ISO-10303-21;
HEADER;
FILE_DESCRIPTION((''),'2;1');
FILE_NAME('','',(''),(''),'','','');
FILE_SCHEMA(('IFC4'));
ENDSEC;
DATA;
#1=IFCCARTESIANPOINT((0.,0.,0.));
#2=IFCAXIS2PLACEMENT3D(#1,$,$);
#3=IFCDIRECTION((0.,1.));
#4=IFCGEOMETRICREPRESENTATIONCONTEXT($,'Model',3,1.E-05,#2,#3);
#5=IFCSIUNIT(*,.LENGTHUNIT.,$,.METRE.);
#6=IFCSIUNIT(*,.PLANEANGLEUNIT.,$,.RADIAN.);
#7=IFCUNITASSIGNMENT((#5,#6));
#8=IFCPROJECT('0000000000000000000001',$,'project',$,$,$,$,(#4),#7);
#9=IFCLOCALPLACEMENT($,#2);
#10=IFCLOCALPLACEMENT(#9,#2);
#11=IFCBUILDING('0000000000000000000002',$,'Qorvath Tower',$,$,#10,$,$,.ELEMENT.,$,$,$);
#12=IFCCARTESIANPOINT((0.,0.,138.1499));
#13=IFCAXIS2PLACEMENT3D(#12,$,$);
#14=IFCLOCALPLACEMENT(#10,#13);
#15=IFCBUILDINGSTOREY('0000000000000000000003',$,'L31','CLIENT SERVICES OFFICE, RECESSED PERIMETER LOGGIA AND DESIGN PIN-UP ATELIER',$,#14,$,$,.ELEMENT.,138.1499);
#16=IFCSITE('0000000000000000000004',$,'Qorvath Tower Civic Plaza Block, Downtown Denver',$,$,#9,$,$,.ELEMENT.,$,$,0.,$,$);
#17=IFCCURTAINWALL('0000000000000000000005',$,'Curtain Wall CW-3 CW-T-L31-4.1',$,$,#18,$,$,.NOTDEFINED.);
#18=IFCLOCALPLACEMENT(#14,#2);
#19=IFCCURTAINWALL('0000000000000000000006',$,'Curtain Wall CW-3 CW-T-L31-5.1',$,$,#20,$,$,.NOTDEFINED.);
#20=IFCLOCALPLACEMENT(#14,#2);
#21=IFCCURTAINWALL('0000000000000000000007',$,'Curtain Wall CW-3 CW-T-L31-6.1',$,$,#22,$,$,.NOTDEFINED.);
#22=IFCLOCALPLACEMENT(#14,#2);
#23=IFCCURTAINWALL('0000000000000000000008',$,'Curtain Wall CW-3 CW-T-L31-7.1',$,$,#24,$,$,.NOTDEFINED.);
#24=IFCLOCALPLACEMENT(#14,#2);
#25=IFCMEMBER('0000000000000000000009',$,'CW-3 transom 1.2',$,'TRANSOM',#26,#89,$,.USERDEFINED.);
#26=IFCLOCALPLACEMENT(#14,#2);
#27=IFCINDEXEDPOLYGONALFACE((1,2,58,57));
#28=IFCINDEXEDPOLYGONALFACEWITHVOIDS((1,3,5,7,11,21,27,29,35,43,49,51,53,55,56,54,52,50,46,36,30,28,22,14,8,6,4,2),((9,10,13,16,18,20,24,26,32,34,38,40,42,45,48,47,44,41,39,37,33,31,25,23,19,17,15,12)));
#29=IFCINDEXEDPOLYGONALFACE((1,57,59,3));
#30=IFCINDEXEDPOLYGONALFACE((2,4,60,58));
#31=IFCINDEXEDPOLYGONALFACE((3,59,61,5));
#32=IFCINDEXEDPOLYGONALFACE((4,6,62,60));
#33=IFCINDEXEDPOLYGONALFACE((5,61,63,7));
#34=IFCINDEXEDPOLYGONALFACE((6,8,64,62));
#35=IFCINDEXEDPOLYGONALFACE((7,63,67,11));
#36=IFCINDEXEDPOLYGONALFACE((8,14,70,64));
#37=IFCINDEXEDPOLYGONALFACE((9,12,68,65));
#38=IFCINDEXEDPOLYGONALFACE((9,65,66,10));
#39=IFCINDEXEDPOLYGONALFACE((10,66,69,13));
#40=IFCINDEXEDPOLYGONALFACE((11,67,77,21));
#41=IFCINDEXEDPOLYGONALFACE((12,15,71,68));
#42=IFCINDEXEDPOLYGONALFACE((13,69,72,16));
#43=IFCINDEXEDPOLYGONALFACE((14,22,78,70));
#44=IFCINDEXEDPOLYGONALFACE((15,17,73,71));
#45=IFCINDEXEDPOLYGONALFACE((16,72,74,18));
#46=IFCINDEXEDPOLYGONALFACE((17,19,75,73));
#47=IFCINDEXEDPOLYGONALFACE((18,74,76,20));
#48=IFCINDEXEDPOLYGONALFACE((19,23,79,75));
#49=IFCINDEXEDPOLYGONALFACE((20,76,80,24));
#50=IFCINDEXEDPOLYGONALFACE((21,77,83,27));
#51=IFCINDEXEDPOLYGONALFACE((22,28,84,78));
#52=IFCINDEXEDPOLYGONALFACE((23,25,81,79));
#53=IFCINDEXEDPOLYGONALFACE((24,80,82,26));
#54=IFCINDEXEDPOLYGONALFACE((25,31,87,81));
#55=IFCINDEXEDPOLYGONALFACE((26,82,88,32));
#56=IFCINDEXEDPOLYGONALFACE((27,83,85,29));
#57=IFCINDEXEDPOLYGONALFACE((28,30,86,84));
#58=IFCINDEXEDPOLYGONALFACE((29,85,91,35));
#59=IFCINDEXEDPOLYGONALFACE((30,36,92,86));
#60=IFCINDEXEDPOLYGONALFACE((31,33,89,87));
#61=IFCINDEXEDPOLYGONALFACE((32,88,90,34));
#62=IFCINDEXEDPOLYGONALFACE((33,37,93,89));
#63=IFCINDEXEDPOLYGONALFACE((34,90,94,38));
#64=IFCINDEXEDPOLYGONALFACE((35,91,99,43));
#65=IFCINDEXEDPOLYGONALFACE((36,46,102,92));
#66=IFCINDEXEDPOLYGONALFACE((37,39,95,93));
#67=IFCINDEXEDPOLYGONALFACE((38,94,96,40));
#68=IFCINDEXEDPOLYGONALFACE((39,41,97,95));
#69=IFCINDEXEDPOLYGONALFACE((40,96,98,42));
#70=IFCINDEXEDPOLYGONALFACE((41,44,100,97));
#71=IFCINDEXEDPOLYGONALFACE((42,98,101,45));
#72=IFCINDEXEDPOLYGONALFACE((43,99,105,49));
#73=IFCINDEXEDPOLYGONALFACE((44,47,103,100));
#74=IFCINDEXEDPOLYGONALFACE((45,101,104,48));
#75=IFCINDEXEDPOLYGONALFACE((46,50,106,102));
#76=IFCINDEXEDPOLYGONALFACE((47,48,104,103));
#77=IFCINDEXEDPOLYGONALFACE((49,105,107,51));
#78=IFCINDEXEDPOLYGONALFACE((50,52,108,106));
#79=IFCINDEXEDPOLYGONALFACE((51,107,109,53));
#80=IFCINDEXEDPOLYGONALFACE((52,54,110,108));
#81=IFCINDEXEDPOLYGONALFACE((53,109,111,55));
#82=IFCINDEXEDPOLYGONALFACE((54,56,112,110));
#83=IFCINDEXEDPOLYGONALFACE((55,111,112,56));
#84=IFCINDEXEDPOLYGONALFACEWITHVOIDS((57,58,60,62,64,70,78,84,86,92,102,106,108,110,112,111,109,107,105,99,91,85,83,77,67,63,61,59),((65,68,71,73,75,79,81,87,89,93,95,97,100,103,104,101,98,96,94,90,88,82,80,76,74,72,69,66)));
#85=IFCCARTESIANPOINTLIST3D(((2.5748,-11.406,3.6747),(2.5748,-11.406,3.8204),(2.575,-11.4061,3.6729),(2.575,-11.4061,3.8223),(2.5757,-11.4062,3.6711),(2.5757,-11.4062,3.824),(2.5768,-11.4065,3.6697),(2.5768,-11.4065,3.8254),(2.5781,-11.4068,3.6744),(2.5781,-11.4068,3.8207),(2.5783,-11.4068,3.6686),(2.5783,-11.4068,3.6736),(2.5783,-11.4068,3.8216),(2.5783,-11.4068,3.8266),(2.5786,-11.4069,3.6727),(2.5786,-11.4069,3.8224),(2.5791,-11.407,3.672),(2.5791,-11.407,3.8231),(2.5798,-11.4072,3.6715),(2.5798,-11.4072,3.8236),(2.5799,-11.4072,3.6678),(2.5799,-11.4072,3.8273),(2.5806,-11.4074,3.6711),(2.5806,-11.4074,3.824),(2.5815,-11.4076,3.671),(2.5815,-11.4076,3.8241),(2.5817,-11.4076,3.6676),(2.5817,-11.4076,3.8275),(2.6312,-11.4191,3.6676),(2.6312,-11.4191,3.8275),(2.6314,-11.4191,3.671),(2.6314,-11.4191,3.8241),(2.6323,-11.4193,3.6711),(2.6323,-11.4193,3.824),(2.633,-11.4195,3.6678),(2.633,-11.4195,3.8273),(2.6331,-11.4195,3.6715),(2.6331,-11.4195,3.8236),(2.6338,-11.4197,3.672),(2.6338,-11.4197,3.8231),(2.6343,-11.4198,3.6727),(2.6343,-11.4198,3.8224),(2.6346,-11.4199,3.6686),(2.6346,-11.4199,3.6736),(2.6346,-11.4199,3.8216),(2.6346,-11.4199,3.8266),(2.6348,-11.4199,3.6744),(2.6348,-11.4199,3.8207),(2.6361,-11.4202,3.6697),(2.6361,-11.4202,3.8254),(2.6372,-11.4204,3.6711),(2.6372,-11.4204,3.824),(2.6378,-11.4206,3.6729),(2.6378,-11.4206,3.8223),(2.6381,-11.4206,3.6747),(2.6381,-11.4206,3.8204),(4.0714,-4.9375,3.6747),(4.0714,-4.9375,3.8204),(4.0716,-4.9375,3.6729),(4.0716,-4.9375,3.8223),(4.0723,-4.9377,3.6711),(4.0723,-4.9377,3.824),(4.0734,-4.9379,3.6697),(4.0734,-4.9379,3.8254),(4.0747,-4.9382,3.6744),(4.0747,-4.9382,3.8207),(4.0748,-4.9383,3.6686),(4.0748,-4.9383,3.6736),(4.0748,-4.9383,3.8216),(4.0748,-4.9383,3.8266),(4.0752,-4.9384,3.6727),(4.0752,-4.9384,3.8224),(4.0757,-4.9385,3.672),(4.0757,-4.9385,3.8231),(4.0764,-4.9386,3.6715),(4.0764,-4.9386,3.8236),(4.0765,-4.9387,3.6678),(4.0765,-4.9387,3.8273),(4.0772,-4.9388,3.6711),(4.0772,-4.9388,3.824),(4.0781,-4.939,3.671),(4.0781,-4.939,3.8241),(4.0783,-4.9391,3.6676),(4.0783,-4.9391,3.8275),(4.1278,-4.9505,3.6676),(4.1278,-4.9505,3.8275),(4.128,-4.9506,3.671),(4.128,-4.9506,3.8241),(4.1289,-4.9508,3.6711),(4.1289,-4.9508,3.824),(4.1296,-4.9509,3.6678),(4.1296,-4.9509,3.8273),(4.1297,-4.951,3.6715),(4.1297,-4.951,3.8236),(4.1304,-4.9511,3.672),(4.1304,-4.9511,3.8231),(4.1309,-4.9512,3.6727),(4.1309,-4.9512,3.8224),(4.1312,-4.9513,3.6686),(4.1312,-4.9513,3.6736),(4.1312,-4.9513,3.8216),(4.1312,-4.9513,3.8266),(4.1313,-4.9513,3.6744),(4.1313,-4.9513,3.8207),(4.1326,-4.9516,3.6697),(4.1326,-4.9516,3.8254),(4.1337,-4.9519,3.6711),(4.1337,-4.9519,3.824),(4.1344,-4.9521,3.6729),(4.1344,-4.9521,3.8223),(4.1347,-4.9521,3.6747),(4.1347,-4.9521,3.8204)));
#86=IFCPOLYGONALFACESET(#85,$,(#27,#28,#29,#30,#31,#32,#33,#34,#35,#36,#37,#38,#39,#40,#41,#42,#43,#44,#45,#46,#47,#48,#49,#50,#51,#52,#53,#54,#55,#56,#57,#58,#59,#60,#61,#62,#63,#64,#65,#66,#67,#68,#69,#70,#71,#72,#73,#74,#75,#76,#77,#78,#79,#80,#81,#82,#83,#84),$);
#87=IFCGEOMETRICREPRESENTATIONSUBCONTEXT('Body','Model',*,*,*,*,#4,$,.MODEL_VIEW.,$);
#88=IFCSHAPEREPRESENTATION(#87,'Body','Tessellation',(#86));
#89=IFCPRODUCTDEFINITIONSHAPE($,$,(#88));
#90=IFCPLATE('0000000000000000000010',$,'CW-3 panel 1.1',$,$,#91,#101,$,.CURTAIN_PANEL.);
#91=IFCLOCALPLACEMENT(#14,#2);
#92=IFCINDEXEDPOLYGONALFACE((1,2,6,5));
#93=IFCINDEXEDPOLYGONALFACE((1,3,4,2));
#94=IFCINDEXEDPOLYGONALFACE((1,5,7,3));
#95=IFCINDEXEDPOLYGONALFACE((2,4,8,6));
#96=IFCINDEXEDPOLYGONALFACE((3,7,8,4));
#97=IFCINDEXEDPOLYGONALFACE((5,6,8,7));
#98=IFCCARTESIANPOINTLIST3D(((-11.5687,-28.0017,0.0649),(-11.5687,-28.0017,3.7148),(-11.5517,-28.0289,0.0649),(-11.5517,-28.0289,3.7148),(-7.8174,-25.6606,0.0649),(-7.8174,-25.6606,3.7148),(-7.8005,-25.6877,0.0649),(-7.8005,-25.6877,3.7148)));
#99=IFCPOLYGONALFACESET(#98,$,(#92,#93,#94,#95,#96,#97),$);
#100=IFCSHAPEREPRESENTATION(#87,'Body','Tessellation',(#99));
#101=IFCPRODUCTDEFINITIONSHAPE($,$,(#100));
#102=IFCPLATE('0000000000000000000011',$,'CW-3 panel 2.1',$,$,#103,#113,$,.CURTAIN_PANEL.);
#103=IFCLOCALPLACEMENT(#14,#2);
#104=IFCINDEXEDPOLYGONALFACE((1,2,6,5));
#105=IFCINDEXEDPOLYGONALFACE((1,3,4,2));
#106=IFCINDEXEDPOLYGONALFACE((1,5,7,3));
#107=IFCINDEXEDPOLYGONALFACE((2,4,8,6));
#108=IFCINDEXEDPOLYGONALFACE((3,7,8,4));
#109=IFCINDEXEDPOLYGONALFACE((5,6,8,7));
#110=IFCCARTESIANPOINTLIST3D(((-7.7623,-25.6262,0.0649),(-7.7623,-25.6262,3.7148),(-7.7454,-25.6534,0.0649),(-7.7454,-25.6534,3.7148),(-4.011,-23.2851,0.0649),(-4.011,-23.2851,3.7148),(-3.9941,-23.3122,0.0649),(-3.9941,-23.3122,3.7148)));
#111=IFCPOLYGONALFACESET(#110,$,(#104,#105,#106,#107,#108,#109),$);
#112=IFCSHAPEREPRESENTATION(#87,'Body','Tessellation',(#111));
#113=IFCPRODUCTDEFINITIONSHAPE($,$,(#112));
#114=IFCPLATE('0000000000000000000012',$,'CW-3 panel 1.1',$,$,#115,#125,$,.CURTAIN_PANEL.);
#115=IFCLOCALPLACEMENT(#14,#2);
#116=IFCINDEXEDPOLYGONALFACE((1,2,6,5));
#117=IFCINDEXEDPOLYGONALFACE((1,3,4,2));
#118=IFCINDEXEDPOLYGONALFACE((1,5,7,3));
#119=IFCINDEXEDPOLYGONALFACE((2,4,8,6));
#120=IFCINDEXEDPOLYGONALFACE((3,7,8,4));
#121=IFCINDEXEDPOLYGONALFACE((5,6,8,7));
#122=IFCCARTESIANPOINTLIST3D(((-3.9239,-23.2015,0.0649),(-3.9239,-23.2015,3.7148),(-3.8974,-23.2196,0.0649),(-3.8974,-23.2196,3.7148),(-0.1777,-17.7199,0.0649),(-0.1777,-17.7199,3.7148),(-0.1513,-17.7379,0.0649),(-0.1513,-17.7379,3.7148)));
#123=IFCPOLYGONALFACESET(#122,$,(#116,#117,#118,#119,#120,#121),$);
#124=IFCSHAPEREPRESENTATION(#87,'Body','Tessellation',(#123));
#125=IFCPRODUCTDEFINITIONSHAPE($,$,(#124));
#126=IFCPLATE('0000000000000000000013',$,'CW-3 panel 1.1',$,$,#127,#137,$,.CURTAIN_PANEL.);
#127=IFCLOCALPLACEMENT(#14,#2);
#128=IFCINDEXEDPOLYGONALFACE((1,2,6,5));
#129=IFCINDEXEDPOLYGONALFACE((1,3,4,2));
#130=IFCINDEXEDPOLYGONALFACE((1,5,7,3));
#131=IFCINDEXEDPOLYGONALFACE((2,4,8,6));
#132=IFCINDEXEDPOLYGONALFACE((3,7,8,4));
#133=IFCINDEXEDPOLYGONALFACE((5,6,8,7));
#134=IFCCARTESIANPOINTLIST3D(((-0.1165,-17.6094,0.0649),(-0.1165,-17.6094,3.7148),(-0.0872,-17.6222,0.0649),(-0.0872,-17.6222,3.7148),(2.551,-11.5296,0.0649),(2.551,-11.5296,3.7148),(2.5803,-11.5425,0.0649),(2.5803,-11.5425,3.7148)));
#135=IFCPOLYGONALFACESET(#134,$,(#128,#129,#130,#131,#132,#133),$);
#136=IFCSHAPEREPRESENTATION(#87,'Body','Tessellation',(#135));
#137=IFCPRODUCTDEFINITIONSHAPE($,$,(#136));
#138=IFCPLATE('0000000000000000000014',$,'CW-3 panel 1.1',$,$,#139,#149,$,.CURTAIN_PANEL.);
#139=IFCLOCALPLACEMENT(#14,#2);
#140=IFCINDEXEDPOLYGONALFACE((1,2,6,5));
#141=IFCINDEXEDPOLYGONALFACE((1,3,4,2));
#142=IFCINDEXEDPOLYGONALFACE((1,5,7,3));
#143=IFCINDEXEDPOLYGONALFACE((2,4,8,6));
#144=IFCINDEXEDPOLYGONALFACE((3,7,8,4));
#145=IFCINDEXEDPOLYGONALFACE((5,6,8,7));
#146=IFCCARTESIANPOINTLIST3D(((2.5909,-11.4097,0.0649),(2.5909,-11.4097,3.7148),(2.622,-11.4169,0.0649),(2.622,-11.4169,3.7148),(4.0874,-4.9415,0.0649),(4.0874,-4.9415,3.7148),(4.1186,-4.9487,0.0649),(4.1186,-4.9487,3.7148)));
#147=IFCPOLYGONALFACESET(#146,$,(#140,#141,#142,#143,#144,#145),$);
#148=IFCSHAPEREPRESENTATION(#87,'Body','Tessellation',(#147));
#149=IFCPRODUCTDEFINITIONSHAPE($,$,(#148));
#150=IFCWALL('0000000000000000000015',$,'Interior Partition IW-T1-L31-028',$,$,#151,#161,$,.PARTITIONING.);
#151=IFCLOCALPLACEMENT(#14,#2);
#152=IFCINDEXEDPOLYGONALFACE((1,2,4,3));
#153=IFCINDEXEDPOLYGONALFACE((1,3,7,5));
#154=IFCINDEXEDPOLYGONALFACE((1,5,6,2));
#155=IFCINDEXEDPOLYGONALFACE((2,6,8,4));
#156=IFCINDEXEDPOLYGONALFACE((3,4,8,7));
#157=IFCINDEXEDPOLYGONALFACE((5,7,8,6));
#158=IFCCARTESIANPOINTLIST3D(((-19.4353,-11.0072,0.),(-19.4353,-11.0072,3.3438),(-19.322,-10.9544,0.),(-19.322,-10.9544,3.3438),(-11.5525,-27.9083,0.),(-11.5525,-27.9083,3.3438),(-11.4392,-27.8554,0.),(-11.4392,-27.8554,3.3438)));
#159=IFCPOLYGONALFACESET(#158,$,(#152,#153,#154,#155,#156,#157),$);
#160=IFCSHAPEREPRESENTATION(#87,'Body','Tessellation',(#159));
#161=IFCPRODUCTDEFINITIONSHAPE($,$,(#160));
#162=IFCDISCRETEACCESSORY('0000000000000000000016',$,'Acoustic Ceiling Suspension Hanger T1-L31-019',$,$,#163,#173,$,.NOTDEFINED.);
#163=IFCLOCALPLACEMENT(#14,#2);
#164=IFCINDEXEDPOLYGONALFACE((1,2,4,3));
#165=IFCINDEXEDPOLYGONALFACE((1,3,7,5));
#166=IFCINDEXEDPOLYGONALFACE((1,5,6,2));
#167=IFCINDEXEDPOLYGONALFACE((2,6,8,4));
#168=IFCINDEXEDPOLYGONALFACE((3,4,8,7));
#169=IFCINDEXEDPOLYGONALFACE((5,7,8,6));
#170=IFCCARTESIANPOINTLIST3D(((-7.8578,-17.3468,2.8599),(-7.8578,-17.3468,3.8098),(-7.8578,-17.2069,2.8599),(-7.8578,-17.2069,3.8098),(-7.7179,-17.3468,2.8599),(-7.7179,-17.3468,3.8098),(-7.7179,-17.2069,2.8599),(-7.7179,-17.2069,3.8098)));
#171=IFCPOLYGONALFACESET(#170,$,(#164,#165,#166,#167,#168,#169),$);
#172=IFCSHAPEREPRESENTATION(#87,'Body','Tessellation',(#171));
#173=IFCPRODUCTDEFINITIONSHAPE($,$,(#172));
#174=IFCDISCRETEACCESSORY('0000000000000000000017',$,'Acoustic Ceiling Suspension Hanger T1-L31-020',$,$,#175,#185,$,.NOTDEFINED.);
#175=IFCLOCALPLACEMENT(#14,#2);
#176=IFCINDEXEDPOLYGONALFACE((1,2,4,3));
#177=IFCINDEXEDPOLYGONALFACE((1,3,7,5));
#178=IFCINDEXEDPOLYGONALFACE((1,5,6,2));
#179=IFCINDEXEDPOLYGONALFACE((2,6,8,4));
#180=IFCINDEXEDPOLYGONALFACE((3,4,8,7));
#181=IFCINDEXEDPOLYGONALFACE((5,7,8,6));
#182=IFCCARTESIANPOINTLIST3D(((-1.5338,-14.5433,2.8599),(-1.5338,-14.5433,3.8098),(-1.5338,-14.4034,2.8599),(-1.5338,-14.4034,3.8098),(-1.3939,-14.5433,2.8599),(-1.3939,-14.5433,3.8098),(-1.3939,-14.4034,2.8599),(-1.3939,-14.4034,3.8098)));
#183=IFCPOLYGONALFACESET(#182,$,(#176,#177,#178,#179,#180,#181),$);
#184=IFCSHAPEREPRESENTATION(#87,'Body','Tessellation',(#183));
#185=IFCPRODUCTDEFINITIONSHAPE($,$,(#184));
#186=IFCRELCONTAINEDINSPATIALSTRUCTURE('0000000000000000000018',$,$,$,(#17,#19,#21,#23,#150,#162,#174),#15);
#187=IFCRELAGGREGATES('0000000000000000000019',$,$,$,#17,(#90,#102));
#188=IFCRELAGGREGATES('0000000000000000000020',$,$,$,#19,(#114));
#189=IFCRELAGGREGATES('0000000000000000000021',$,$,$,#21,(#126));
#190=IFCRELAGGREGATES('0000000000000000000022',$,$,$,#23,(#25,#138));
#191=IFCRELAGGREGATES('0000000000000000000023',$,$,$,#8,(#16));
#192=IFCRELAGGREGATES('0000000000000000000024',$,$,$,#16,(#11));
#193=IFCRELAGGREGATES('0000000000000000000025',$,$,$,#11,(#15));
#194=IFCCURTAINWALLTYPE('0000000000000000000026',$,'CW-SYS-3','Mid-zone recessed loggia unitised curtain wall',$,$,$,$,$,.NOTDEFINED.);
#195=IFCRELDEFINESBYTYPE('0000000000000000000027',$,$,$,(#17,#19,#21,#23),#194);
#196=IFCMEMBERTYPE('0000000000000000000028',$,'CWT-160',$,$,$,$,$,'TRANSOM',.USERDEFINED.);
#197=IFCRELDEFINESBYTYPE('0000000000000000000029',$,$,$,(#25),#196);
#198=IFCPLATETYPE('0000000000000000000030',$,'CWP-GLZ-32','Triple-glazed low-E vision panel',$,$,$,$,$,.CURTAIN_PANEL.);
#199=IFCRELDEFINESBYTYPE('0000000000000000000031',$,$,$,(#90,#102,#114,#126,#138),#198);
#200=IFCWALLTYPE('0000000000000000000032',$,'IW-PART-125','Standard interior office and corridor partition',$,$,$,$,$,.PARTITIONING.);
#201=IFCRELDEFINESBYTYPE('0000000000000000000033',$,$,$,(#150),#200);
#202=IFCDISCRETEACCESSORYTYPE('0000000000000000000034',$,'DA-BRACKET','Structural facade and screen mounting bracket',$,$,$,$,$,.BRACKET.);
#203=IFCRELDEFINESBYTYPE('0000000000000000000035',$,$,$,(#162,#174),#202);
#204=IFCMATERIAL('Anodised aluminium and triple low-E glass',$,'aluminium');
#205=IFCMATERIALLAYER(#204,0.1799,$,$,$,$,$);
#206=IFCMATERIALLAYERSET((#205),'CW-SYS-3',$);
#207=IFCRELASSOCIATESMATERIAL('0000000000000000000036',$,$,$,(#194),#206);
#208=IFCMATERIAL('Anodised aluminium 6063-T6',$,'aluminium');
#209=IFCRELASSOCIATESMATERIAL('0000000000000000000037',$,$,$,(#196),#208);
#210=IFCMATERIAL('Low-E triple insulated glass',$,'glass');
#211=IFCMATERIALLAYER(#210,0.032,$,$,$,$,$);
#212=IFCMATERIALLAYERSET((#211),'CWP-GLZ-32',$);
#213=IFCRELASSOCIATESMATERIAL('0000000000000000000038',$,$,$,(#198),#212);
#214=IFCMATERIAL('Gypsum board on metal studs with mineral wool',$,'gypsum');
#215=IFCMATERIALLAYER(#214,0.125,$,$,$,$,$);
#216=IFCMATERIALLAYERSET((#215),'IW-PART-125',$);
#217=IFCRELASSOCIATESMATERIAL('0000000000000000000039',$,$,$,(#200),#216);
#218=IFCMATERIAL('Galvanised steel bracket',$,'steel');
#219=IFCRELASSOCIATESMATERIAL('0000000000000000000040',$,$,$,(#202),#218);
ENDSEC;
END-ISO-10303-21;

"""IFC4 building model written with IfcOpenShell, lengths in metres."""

from ifc_helpers import new_model, si_unit, direction, frame, frame_2d, origin, origin_2d, place, context, subcontext, project, spatial, rectangle, hollow_rectangle, extrude, material, layer, layer_set, material_profile, profile_set, type_object, element, aggregate, save


model = new_model("IFC4")

# Units and contexts
model_context = context("Model", 3, precision=1e-05, world=origin(), true_north=direction((0.0, 1.0)))
body_context = subcontext(model_context, "Body", "Model", "MODEL_VIEW")
ifc_project = project(units=[si_unit("LENGTHUNIT", "METRE"), si_unit("PLANEANGLEUNIT", "RADIAN")], contexts=[model_context])

# Site, building, storey
site_placement = place(None, origin())
site = spatial("IfcSite", under=ifc_project, at=site_placement, Name="Qorvath Tower Civic Plaza Block, Downtown Denver", CompositionType="ELEMENT", RefElevation=0.0)
building_placement = place(site_placement, origin())
building = spatial("IfcBuilding", under=site, at=building_placement, Name="Qorvath Tower", CompositionType="ELEMENT")
storey_placement = place(building_placement, frame((0.0, 0.0, 138.1499)))
storey = spatial("IfcBuildingStorey", under=building, at=storey_placement, Name="L31", Description="CLIENT SERVICES OFFICE, RECESSED PERIMETER LOGGIA AND DESIGN PIN-UP ATELIER", CompositionType="ELEMENT", Elevation=138.1499)

# Shared definitions
ifc_material_1 = material(Name="Anodised aluminium and triple low-E glass", Category="aluminium")
ifc_layer_1 = layer(ifc_material_1, 0.1799)
ifc_layer_set_1 = layer_set([ifc_layer_1], Name="CW-SYS-3")
curtain_wall_type = type_object("IfcCurtainWallType", Name="CW-SYS-3", Description="Mid-zone recessed loggia unitised curtain wall", PredefinedType="NOTDEFINED", material=ifc_layer_set_1)

# Curtain walls
curtain_wall_1_placement = place(storey_placement, origin())
curtain_wall_1 = element("IfcCurtainWall", 1, at=curtain_wall_1_placement, inside=storey, type_object=curtain_wall_type, Name="Curtain Wall CW-3 CW-T-L31-4.1", PredefinedType="NOTDEFINED")
curtain_wall_2_placement = place(storey_placement, origin())
curtain_wall_2 = element("IfcCurtainWall", 2, at=curtain_wall_2_placement, inside=storey, type_object=curtain_wall_type, Name="Curtain Wall CW-3 CW-T-L31-5.1", PredefinedType="NOTDEFINED")
curtain_wall_3_placement = place(storey_placement, origin())
curtain_wall_3 = element("IfcCurtainWall", 3, at=curtain_wall_3_placement, inside=storey, type_object=curtain_wall_type, Name="Curtain Wall CW-3 CW-T-L31-6.1", PredefinedType="NOTDEFINED")

# Curtain wall
curtain_wall_4_placement = place(storey_placement, origin())
curtain_wall_4 = element("IfcCurtainWall", 4, at=curtain_wall_4_placement, inside=storey, type_object=curtain_wall_type, Name="Curtain Wall CW-3 CW-T-L31-7.1", PredefinedType="NOTDEFINED")

# Member
ifc_material_2 = material(Name="Anodised aluminium 6063-T6", Category="aluminium")
ifc_material_profile_1 = material_profile(ifc_material_2, hollow_rectangle(XDim=0.0649, YDim=0.1599, WallThickness=0.0034, InnerFilletRadius=0.0034, OuterFilletRadius=0.0071, at=origin_2d()), Name="CWT 160x65")
ifc_profile_set_1 = profile_set([ifc_material_profile_1], Name="Anodised aluminium 6063-T6")
member_type_1 = type_object("IfcMemberType", Name="CWT-160", ElementType="TRANSOM", PredefinedType="USERDEFINED", material=ifc_profile_set_1)
member_1_placement = place(storey_placement, frame((2.6064, -11.4133, 3.7476), z_axis=(0.22541, 0.974264, 0.0), x_axis=(-0.974264, 0.22541, 0.0)))
member_1 = element("IfcMember", 5, at=member_1_placement, type_object=member_type_1, Name="CW-3 transom 1.2", ObjectType="TRANSOM", PredefinedType="USERDEFINED", context=body_context, shape_type="SweptSolid", body=[
    extrude(hollow_rectangle(XDim=0.0649, YDim=0.1599, WallThickness=0.0034, InnerFilletRadius=0.0034, OuterFilletRadius=0.0071, at=origin_2d()), origin(), (0.0, 0.0, 1.0), 6.6394),
])

# Plates
ifc_material_3 = material(Name="Low-E triple insulated glass", Category="glass")
ifc_layer_2 = layer(ifc_material_3, 0.032)
ifc_layer_set_2 = layer_set([ifc_layer_2], Name="CWP-GLZ-32")
plate_type = type_object("IfcPlateType", Name="CWP-GLZ-32", Description="Triple-glazed low-E vision panel", PredefinedType="CURTAIN_PANEL", material=ifc_layer_set_2)
plate_1_placement = place(storey_placement, frame((-9.6846, -26.8447, 0.0649), z_axis=(0.0, 0.0, 1.0), x_axis=(0.848347, 0.52944, 0.0)))
plate_1 = element("IfcPlate", 6, at=plate_1_placement, type_object=plate_type, Name="CW-3 panel 1.1", PredefinedType="CURTAIN_PANEL", context=body_context, shape_type="SweptSolid", body=[
    extrude(rectangle(XDim=4.4219, YDim=0.032, at=origin_2d()), origin(), (0.0, 0.0, 1.0), 3.6499),
])
plate_2_placement = place(storey_placement, frame((-5.8782, -24.4692, 0.0649), z_axis=(0.0, 0.0, 1.0), x_axis=(0.848347, 0.52944, 0.0)))
plate_2 = element("IfcPlate", 7, at=plate_2_placement, type_object=plate_type, Name="CW-3 panel 2.1", PredefinedType="CURTAIN_PANEL", context=body_context, shape_type="SweptSolid", body=[
    extrude(rectangle(XDim=4.4219, YDim=0.032, at=origin_2d()), origin(), (0.0, 0.0, 1.0), 3.6499),
])
aggregate(curtain_wall_1, [plate_1, plate_2])
plate_3_placement = place(storey_placement, frame((-2.0376, -20.4697, 0.0649), z_axis=(0.0, 0.0, 1.0), x_axis=(0.564223, 0.825623, 0.0)))
plate_3 = element("IfcPlate", 8, at=plate_3_placement, type_object=plate_type, Name="CW-3 panel 1.1", PredefinedType="CURTAIN_PANEL", context=body_context, shape_type="SweptSolid", body=[
    extrude(rectangle(XDim=6.6394, YDim=0.032, at=origin_2d()), origin(), (0.0, 0.0, 1.0), 3.6499),
])
aggregate(curtain_wall_2, [plate_3])
plate_4_placement = place(storey_placement, frame((1.2319, -14.5759, 0.0649), z_axis=(0.0, 0.0, 1.0), x_axis=(0.401782, 0.915735, 0.0)))
plate_4 = element("IfcPlate", 9, at=plate_4_placement, type_object=plate_type, Name="CW-3 panel 1.1", PredefinedType="CURTAIN_PANEL", context=body_context, shape_type="SweptSolid", body=[
    extrude(rectangle(XDim=6.6392, YDim=0.032, at=origin_2d()), origin(), (0.0, 0.0, 1.0), 3.6499),
])
aggregate(curtain_wall_3, [plate_4])
plate_5_placement = place(storey_placement, frame((3.3547, -8.1792, 0.0649), z_axis=(0.0, 0.0, 1.0), x_axis=(0.225417, 0.974262, 0.0)))
plate_5 = element("IfcPlate", 10, at=plate_5_placement, type_object=plate_type, Name="CW-3 panel 1.1", PredefinedType="CURTAIN_PANEL", context=body_context, shape_type="SweptSolid", body=[
    extrude(rectangle(XDim=6.6392, YDim=0.032, at=origin_2d()), origin(), (0.0, 0.0, 1.0), 3.6499),
])
aggregate(curtain_wall_4, [member_1, plate_5])

# Wall
ifc_material_4 = material(Name="Gypsum board on metal studs with mineral wool", Category="gypsum")
ifc_layer_3 = layer(ifc_material_4, 0.125)
ifc_layer_set_3 = layer_set([ifc_layer_3], Name="IW-PART-125")
wall_type = type_object("IfcWallType", Name="IW-PART-125", Description="Standard interior office and corridor partition", PredefinedType="PARTITIONING", material=ifc_layer_set_3)
wall_placement = place(storey_placement, frame((-11.4958, -27.8818, 0.0), z_axis=(0.0, 0.0, 1.0), x_axis=(-0.422693, 0.906273, 0.0)))
element("IfcWall", 11, at=wall_placement, inside=storey, type_object=wall_type, Name="Interior Partition IW-T1-L31-028", PredefinedType="PARTITIONING", context=body_context, shape_type="SweptSolid", body=[
    extrude(rectangle(XDim=18.6489, YDim=0.125, at=frame_2d((9.3245, 0.0))), origin(), (0.0, 0.0, 1.0), 3.3438),
])

# Discrete accessories
ifc_material_5 = material(Name="Galvanised steel bracket", Category="steel")
discrete_accessory_type = type_object("IfcDiscreteAccessoryType", Name="DA-BRACKET", Description="Structural facade and screen mounting bracket", PredefinedType="BRACKET", material=ifc_material_5)
for number, where, z_axis, x_axis, name in (
    (12, (-7.7878, -17.2769, 2.8599), (0.0, 0.0, 1.0), (1.0, 0.0, 0.0), "Acoustic Ceiling Suspension Hanger T1-L31-019"),
    (13, (-1.4639, -14.4734, 2.8599), (0.0, 0.0, 1.0), (1.0, 0.0, 0.0), "Acoustic Ceiling Suspension Hanger T1-L31-020"),
):
    element("IfcDiscreteAccessory", number, at=place(storey_placement, frame(where, z_axis=z_axis, x_axis=x_axis)), inside=storey, type_object=discrete_accessory_type, Name=name, PredefinedType="NOTDEFINED", context=body_context, shape_type="SweptSolid", body=[
        extrude(rectangle(XDim=0.1399, YDim=0.1399, at=origin_2d()), origin(), (0.0, 0.0, 1.0), 0.95),
    ])

save(model, "model.ifc")
